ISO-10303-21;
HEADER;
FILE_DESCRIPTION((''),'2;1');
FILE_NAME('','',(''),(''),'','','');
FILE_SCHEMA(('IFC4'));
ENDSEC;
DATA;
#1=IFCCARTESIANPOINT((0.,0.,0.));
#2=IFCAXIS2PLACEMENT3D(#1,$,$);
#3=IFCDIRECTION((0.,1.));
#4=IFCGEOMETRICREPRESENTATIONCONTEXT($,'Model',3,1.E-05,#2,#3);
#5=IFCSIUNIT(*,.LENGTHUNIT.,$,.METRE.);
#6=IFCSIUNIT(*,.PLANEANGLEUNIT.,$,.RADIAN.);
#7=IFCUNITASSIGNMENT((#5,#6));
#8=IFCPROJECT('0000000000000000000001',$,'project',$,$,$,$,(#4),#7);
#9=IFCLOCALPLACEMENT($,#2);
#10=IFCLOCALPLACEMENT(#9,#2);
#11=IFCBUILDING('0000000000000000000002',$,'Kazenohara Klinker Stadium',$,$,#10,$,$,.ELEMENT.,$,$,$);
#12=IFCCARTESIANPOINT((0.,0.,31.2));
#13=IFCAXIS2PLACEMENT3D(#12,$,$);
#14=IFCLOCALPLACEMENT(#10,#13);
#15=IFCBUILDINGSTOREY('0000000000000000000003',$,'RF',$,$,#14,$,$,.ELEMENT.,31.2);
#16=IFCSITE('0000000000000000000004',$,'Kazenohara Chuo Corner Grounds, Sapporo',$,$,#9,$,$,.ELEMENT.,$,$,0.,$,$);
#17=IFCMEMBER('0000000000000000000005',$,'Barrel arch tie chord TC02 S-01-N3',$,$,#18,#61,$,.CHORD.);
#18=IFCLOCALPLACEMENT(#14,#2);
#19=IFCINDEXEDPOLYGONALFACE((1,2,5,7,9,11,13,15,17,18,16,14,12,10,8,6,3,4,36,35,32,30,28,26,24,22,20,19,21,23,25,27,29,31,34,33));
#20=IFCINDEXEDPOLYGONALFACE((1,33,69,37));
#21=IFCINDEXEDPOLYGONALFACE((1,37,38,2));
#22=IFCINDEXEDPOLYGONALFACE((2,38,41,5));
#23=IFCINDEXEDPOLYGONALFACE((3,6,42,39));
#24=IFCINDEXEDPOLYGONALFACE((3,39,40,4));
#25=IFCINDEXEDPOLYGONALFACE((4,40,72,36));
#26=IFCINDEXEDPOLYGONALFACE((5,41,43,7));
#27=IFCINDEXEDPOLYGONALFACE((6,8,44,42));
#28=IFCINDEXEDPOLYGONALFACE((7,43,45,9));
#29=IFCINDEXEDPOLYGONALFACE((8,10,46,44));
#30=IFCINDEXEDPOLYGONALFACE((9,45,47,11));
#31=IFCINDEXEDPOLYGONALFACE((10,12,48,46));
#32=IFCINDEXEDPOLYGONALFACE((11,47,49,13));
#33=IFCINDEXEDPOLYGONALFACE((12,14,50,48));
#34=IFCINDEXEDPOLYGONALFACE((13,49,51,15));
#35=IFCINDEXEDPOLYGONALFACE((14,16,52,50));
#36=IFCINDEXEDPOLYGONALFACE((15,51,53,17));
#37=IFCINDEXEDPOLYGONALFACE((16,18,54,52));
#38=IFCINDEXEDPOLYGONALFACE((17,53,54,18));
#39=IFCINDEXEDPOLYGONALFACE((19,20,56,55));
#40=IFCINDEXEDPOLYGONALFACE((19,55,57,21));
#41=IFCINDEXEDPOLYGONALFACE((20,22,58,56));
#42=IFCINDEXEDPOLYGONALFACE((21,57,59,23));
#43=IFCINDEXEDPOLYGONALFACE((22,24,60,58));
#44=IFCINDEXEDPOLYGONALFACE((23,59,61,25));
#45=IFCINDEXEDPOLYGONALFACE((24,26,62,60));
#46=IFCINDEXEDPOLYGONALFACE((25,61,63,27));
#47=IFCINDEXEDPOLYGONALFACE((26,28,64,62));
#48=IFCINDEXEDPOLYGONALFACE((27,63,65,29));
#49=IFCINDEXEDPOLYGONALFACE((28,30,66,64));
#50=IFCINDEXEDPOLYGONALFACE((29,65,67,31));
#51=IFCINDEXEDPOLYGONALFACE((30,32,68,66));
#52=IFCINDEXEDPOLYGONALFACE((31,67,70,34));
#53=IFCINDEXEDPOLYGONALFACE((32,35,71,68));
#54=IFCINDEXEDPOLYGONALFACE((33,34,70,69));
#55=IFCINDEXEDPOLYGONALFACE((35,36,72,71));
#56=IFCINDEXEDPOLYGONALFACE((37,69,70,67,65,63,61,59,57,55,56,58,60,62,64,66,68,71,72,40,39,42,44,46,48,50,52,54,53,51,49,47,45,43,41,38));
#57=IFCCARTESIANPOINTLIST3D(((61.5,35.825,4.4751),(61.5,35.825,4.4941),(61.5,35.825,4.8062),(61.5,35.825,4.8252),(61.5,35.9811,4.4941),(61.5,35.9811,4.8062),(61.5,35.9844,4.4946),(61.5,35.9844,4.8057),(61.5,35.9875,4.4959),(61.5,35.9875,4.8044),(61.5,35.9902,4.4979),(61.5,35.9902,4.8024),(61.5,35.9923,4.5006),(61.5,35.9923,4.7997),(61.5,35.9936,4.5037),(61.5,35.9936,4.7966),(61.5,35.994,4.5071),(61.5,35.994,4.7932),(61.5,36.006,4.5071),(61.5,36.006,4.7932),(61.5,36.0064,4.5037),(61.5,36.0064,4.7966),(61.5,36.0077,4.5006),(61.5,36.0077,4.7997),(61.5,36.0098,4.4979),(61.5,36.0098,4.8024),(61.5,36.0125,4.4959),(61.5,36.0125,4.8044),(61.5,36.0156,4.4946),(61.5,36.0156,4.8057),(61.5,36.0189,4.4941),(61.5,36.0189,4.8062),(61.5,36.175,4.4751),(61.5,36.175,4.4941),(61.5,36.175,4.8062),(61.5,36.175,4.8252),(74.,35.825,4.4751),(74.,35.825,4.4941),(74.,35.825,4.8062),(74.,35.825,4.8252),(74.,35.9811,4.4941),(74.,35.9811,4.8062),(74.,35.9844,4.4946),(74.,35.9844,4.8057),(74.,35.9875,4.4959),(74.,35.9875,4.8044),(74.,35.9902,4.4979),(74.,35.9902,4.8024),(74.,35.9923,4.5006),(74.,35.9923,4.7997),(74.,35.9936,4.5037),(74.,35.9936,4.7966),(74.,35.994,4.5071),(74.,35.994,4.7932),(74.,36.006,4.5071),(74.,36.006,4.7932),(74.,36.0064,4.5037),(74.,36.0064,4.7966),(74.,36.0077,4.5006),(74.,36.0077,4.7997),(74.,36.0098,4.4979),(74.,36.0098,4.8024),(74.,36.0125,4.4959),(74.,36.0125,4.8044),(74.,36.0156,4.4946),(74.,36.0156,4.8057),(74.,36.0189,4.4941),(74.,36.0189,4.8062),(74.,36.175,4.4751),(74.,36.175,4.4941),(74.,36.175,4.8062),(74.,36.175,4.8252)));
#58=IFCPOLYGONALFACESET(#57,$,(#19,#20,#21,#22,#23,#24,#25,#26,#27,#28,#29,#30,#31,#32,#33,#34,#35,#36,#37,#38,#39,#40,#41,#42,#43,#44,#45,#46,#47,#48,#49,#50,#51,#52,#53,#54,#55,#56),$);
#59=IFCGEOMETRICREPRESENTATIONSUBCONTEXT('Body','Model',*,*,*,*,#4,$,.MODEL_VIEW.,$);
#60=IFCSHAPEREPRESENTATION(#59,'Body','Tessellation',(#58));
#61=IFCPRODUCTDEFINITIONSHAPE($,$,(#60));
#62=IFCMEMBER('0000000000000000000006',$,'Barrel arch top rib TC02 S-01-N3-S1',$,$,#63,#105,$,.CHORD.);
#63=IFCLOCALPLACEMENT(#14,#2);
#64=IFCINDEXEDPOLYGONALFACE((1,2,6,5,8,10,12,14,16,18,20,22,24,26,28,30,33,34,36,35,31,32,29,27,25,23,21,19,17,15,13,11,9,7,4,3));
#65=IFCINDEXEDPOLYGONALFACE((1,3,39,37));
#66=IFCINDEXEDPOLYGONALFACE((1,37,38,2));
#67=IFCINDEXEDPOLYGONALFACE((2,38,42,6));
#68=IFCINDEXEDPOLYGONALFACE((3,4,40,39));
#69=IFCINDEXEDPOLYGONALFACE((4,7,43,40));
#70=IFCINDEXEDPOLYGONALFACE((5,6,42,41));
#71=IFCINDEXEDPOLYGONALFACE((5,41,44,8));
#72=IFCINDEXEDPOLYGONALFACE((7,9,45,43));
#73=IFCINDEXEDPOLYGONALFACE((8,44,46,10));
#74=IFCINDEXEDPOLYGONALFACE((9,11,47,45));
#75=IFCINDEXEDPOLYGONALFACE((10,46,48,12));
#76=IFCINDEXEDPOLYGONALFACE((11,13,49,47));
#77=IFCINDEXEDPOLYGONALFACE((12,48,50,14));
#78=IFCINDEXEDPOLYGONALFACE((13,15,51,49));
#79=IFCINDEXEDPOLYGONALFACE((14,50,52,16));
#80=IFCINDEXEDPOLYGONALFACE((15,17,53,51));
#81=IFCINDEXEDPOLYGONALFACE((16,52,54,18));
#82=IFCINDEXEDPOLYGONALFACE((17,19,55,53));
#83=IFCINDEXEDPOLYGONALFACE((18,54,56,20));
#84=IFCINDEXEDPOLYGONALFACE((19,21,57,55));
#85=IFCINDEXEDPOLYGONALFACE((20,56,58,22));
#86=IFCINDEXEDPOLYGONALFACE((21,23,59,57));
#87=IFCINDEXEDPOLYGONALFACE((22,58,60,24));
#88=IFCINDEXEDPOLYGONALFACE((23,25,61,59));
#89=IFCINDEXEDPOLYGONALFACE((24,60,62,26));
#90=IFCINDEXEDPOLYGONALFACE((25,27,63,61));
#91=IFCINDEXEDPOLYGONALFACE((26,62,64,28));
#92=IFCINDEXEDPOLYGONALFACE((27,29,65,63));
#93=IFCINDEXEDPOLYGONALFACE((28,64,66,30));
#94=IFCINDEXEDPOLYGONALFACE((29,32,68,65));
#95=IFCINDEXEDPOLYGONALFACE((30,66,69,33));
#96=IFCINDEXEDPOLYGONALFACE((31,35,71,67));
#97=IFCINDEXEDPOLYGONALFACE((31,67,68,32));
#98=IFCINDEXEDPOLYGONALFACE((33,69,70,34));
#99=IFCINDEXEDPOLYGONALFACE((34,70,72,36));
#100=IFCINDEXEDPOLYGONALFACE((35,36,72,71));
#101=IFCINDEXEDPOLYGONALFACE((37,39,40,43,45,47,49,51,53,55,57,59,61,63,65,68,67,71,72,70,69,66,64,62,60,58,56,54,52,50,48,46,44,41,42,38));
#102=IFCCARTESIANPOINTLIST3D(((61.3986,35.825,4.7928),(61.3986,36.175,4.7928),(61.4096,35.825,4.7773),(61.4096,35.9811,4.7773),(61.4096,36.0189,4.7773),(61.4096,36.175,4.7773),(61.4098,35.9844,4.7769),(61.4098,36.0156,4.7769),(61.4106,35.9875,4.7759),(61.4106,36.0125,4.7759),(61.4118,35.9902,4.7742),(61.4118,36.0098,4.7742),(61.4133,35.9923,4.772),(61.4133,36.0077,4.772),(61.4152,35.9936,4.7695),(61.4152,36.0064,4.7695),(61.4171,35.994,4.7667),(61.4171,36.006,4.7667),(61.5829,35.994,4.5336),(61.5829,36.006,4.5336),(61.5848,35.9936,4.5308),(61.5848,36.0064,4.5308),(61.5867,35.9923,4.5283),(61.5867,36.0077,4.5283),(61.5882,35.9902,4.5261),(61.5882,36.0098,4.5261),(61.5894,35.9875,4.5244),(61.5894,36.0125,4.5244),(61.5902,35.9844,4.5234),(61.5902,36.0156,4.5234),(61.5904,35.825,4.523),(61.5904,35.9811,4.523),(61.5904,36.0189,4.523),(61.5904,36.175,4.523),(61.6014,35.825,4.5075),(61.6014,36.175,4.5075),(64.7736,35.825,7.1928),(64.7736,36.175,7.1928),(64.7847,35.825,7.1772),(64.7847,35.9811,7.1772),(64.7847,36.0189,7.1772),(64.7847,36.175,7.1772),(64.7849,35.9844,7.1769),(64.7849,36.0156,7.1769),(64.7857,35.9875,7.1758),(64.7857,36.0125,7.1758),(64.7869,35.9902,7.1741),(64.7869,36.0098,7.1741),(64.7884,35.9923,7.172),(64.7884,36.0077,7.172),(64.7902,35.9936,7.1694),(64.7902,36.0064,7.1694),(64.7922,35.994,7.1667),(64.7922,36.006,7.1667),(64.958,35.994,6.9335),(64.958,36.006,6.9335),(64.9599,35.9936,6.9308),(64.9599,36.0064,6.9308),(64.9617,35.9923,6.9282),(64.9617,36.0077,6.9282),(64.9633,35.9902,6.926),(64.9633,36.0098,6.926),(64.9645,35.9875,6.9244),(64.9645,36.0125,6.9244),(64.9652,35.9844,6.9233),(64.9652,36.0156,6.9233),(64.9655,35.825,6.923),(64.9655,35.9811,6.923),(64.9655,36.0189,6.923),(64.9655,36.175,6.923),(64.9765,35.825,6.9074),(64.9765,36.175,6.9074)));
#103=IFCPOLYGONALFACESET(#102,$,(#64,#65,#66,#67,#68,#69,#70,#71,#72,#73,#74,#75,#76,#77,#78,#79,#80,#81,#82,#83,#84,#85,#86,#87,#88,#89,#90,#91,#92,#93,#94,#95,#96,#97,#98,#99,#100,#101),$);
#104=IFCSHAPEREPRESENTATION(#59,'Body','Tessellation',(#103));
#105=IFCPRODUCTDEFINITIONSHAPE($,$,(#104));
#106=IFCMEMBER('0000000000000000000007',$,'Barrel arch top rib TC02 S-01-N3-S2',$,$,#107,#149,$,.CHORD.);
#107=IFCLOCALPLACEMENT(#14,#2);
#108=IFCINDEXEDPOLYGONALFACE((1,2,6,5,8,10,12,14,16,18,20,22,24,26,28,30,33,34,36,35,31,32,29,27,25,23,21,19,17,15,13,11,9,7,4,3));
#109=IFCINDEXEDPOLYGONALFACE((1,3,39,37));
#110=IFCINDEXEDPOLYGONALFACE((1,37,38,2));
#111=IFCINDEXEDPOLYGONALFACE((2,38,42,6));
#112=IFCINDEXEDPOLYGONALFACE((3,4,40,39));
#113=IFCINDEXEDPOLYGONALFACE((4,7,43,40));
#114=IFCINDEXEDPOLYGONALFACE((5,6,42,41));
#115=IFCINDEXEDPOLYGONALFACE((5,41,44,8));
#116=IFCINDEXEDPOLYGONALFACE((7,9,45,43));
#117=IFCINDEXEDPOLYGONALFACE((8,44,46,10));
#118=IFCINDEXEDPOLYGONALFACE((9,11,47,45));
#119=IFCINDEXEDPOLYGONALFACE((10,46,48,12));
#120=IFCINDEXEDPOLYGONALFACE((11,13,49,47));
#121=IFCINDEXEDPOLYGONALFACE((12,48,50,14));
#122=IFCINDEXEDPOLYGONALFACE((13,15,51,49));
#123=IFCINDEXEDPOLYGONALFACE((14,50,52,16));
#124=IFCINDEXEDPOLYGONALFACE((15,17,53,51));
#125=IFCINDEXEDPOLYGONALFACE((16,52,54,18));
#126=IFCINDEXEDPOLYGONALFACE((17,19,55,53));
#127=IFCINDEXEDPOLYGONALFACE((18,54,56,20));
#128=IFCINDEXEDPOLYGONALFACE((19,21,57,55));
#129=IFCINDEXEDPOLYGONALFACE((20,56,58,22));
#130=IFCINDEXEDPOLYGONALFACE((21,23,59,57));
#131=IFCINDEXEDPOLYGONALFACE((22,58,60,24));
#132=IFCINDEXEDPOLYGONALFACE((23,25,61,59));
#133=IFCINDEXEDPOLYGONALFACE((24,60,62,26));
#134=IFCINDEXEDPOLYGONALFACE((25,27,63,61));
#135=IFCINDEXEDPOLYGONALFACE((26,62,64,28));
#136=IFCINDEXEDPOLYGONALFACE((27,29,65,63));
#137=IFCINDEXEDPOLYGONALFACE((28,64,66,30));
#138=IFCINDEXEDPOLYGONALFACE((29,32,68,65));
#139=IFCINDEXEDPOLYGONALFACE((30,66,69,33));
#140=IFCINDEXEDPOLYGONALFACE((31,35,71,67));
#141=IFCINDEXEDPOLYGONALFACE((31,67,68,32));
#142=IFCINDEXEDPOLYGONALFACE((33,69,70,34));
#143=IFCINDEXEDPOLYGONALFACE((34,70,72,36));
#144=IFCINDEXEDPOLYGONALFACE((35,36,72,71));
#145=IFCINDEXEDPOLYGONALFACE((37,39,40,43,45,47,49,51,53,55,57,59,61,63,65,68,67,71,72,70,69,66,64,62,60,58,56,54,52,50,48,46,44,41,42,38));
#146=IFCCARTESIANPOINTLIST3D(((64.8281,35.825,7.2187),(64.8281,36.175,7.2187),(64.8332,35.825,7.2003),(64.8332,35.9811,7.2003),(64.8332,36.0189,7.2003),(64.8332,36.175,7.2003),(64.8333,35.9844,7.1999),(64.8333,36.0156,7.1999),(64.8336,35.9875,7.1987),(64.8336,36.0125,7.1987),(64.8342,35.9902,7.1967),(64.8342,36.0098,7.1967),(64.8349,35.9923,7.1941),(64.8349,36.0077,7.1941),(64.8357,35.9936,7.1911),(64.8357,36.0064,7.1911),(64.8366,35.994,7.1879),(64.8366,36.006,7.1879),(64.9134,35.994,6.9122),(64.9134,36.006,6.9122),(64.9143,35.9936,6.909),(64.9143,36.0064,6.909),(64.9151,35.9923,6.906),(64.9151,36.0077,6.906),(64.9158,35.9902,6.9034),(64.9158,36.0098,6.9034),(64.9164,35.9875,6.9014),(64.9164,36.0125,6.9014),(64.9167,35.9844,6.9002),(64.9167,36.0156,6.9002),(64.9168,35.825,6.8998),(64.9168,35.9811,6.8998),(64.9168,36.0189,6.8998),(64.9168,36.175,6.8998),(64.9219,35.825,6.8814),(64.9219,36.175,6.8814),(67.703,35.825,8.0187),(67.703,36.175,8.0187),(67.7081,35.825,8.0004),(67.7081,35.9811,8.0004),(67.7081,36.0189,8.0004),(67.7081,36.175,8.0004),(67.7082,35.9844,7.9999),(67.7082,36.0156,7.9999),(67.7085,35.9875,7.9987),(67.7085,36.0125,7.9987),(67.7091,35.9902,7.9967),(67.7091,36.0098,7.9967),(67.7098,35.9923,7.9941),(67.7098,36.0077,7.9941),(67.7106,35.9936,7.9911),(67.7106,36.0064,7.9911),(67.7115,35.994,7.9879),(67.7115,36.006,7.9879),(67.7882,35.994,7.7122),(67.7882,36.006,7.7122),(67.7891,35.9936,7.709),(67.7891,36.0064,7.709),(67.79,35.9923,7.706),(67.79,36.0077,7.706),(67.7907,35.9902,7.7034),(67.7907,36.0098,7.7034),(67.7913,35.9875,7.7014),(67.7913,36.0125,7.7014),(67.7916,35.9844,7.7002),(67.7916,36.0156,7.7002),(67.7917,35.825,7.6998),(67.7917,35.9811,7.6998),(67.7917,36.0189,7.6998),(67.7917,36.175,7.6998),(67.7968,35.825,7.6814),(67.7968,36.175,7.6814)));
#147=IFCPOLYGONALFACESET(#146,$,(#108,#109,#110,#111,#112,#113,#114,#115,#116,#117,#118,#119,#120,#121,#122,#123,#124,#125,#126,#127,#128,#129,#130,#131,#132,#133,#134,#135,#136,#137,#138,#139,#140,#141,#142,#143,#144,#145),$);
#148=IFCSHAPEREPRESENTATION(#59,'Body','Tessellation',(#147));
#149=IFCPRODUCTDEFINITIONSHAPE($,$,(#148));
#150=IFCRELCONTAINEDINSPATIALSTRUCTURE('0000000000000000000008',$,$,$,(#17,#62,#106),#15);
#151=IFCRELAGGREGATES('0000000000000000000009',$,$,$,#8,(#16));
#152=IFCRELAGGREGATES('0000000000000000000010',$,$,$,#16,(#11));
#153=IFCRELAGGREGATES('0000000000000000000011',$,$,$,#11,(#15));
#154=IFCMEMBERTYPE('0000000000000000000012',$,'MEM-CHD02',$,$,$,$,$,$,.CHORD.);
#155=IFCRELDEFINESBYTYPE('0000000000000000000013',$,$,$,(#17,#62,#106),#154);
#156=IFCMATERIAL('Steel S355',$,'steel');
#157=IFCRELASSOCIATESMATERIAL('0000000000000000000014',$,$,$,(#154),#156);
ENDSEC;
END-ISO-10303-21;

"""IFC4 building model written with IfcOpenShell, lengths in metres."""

from ifc_helpers import new_model, si_unit, direction, frame, origin, origin_2d, place, context, subcontext, project, spatial, i_section, extrude, material, material_profile, profile_set, type_object, element, save


model = new_model("IFC4")

# Units and contexts
model_context = context("Model", 3, precision=1e-05, world=origin(), true_north=direction((0.0, 1.0)))
body_context = subcontext(model_context, "Body", "Model", "MODEL_VIEW")
ifc_project = project(units=[si_unit("LENGTHUNIT", "METRE"), si_unit("PLANEANGLEUNIT", "RADIAN")], contexts=[model_context])

# Site, building, storey
site_placement = place(None, origin())
site = spatial("IfcSite", under=ifc_project, at=site_placement, Name="Kazenohara Chuo Corner Grounds, Sapporo", CompositionType="ELEMENT", RefElevation=0.0)
building_placement = place(site_placement, origin())
building = spatial("IfcBuilding", under=site, at=building_placement, Name="Kazenohara Klinker Stadium", CompositionType="ELEMENT")
storey_placement = place(building_placement, frame((0.0, 0.0, 31.2)))
storey = spatial("IfcBuildingStorey", under=building, at=storey_placement, Name="RF", CompositionType="ELEMENT", Elevation=31.2)

# Members
ifc_material_1 = material(Name="Steel S355", Category="steel")
ifc_material_profile_1 = material_profile(ifc_material_1, i_section(OverallWidth=0.3501, OverallDepth=0.3501, WebThickness=0.012, FlangeThickness=0.019, FilletRadius=0.0129, at=origin_2d()), Name="H-350x350x12x19")
ifc_profile_set_1 = profile_set([ifc_material_profile_1], Name="Steel S355")
member_type_1 = type_object("IfcMemberType", Name="MEM-CHD02", PredefinedType="CHORD", material=ifc_profile_set_1)
member_1_placement = place(storey_placement, frame((61.5, 36.0, 4.6501), z_axis=(1.0, 0.0, 0.0), x_axis=(0.0, 1.0, 0.0)))
element("IfcMember", 1, at=member_1_placement, inside=storey, type_object=member_type_1, Name="Barrel arch tie chord TC02 S-01-N3", PredefinedType="CHORD", context=body_context, shape_type="SweptSolid", body=[
    extrude(i_section(OverallWidth=0.3501, OverallDepth=0.3501, WebThickness=0.012, FlangeThickness=0.019, FilletRadius=0.0129, at=origin_2d()), origin(), (0.0, 0.0, 1.0), 12.5),
])
member_2_placement = place(storey_placement, frame((61.5, 36.0, 4.6501), z_axis=(0.814966, 0.0, 0.579508), x_axis=(0.0, 1.0, 0.0)))
element("IfcMember", 2, at=member_2_placement, inside=storey, type_object=member_type_1, Name="Barrel arch top rib TC02 S-01-N3-S1", PredefinedType="CHORD", context=body_context, shape_type="SweptSolid", body=[
    extrude(i_section(OverallWidth=0.3501, OverallDepth=0.3501, WebThickness=0.012, FlangeThickness=0.019, FilletRadius=0.0129, at=origin_2d()), origin(), (0.0, 0.0, 1.0), 4.1414),
])
member_3_placement = place(storey_placement, frame((64.875, 36.0, 7.05), z_axis=(0.963394, 0.0, 0.268091), x_axis=(0.0, 1.0, 0.0)))
element("IfcMember", 3, at=member_3_placement, inside=storey, type_object=member_type_1, Name="Barrel arch top rib TC02 S-01-N3-S2", PredefinedType="CHORD", context=body_context, shape_type="SweptSolid", body=[
    extrude(i_section(OverallWidth=0.3501, OverallDepth=0.3501, WebThickness=0.012, FlangeThickness=0.019, FilletRadius=0.0129, at=origin_2d()), origin(), (0.0, 0.0, 1.0), 2.9841),
])

save(model, "model.ifc")
